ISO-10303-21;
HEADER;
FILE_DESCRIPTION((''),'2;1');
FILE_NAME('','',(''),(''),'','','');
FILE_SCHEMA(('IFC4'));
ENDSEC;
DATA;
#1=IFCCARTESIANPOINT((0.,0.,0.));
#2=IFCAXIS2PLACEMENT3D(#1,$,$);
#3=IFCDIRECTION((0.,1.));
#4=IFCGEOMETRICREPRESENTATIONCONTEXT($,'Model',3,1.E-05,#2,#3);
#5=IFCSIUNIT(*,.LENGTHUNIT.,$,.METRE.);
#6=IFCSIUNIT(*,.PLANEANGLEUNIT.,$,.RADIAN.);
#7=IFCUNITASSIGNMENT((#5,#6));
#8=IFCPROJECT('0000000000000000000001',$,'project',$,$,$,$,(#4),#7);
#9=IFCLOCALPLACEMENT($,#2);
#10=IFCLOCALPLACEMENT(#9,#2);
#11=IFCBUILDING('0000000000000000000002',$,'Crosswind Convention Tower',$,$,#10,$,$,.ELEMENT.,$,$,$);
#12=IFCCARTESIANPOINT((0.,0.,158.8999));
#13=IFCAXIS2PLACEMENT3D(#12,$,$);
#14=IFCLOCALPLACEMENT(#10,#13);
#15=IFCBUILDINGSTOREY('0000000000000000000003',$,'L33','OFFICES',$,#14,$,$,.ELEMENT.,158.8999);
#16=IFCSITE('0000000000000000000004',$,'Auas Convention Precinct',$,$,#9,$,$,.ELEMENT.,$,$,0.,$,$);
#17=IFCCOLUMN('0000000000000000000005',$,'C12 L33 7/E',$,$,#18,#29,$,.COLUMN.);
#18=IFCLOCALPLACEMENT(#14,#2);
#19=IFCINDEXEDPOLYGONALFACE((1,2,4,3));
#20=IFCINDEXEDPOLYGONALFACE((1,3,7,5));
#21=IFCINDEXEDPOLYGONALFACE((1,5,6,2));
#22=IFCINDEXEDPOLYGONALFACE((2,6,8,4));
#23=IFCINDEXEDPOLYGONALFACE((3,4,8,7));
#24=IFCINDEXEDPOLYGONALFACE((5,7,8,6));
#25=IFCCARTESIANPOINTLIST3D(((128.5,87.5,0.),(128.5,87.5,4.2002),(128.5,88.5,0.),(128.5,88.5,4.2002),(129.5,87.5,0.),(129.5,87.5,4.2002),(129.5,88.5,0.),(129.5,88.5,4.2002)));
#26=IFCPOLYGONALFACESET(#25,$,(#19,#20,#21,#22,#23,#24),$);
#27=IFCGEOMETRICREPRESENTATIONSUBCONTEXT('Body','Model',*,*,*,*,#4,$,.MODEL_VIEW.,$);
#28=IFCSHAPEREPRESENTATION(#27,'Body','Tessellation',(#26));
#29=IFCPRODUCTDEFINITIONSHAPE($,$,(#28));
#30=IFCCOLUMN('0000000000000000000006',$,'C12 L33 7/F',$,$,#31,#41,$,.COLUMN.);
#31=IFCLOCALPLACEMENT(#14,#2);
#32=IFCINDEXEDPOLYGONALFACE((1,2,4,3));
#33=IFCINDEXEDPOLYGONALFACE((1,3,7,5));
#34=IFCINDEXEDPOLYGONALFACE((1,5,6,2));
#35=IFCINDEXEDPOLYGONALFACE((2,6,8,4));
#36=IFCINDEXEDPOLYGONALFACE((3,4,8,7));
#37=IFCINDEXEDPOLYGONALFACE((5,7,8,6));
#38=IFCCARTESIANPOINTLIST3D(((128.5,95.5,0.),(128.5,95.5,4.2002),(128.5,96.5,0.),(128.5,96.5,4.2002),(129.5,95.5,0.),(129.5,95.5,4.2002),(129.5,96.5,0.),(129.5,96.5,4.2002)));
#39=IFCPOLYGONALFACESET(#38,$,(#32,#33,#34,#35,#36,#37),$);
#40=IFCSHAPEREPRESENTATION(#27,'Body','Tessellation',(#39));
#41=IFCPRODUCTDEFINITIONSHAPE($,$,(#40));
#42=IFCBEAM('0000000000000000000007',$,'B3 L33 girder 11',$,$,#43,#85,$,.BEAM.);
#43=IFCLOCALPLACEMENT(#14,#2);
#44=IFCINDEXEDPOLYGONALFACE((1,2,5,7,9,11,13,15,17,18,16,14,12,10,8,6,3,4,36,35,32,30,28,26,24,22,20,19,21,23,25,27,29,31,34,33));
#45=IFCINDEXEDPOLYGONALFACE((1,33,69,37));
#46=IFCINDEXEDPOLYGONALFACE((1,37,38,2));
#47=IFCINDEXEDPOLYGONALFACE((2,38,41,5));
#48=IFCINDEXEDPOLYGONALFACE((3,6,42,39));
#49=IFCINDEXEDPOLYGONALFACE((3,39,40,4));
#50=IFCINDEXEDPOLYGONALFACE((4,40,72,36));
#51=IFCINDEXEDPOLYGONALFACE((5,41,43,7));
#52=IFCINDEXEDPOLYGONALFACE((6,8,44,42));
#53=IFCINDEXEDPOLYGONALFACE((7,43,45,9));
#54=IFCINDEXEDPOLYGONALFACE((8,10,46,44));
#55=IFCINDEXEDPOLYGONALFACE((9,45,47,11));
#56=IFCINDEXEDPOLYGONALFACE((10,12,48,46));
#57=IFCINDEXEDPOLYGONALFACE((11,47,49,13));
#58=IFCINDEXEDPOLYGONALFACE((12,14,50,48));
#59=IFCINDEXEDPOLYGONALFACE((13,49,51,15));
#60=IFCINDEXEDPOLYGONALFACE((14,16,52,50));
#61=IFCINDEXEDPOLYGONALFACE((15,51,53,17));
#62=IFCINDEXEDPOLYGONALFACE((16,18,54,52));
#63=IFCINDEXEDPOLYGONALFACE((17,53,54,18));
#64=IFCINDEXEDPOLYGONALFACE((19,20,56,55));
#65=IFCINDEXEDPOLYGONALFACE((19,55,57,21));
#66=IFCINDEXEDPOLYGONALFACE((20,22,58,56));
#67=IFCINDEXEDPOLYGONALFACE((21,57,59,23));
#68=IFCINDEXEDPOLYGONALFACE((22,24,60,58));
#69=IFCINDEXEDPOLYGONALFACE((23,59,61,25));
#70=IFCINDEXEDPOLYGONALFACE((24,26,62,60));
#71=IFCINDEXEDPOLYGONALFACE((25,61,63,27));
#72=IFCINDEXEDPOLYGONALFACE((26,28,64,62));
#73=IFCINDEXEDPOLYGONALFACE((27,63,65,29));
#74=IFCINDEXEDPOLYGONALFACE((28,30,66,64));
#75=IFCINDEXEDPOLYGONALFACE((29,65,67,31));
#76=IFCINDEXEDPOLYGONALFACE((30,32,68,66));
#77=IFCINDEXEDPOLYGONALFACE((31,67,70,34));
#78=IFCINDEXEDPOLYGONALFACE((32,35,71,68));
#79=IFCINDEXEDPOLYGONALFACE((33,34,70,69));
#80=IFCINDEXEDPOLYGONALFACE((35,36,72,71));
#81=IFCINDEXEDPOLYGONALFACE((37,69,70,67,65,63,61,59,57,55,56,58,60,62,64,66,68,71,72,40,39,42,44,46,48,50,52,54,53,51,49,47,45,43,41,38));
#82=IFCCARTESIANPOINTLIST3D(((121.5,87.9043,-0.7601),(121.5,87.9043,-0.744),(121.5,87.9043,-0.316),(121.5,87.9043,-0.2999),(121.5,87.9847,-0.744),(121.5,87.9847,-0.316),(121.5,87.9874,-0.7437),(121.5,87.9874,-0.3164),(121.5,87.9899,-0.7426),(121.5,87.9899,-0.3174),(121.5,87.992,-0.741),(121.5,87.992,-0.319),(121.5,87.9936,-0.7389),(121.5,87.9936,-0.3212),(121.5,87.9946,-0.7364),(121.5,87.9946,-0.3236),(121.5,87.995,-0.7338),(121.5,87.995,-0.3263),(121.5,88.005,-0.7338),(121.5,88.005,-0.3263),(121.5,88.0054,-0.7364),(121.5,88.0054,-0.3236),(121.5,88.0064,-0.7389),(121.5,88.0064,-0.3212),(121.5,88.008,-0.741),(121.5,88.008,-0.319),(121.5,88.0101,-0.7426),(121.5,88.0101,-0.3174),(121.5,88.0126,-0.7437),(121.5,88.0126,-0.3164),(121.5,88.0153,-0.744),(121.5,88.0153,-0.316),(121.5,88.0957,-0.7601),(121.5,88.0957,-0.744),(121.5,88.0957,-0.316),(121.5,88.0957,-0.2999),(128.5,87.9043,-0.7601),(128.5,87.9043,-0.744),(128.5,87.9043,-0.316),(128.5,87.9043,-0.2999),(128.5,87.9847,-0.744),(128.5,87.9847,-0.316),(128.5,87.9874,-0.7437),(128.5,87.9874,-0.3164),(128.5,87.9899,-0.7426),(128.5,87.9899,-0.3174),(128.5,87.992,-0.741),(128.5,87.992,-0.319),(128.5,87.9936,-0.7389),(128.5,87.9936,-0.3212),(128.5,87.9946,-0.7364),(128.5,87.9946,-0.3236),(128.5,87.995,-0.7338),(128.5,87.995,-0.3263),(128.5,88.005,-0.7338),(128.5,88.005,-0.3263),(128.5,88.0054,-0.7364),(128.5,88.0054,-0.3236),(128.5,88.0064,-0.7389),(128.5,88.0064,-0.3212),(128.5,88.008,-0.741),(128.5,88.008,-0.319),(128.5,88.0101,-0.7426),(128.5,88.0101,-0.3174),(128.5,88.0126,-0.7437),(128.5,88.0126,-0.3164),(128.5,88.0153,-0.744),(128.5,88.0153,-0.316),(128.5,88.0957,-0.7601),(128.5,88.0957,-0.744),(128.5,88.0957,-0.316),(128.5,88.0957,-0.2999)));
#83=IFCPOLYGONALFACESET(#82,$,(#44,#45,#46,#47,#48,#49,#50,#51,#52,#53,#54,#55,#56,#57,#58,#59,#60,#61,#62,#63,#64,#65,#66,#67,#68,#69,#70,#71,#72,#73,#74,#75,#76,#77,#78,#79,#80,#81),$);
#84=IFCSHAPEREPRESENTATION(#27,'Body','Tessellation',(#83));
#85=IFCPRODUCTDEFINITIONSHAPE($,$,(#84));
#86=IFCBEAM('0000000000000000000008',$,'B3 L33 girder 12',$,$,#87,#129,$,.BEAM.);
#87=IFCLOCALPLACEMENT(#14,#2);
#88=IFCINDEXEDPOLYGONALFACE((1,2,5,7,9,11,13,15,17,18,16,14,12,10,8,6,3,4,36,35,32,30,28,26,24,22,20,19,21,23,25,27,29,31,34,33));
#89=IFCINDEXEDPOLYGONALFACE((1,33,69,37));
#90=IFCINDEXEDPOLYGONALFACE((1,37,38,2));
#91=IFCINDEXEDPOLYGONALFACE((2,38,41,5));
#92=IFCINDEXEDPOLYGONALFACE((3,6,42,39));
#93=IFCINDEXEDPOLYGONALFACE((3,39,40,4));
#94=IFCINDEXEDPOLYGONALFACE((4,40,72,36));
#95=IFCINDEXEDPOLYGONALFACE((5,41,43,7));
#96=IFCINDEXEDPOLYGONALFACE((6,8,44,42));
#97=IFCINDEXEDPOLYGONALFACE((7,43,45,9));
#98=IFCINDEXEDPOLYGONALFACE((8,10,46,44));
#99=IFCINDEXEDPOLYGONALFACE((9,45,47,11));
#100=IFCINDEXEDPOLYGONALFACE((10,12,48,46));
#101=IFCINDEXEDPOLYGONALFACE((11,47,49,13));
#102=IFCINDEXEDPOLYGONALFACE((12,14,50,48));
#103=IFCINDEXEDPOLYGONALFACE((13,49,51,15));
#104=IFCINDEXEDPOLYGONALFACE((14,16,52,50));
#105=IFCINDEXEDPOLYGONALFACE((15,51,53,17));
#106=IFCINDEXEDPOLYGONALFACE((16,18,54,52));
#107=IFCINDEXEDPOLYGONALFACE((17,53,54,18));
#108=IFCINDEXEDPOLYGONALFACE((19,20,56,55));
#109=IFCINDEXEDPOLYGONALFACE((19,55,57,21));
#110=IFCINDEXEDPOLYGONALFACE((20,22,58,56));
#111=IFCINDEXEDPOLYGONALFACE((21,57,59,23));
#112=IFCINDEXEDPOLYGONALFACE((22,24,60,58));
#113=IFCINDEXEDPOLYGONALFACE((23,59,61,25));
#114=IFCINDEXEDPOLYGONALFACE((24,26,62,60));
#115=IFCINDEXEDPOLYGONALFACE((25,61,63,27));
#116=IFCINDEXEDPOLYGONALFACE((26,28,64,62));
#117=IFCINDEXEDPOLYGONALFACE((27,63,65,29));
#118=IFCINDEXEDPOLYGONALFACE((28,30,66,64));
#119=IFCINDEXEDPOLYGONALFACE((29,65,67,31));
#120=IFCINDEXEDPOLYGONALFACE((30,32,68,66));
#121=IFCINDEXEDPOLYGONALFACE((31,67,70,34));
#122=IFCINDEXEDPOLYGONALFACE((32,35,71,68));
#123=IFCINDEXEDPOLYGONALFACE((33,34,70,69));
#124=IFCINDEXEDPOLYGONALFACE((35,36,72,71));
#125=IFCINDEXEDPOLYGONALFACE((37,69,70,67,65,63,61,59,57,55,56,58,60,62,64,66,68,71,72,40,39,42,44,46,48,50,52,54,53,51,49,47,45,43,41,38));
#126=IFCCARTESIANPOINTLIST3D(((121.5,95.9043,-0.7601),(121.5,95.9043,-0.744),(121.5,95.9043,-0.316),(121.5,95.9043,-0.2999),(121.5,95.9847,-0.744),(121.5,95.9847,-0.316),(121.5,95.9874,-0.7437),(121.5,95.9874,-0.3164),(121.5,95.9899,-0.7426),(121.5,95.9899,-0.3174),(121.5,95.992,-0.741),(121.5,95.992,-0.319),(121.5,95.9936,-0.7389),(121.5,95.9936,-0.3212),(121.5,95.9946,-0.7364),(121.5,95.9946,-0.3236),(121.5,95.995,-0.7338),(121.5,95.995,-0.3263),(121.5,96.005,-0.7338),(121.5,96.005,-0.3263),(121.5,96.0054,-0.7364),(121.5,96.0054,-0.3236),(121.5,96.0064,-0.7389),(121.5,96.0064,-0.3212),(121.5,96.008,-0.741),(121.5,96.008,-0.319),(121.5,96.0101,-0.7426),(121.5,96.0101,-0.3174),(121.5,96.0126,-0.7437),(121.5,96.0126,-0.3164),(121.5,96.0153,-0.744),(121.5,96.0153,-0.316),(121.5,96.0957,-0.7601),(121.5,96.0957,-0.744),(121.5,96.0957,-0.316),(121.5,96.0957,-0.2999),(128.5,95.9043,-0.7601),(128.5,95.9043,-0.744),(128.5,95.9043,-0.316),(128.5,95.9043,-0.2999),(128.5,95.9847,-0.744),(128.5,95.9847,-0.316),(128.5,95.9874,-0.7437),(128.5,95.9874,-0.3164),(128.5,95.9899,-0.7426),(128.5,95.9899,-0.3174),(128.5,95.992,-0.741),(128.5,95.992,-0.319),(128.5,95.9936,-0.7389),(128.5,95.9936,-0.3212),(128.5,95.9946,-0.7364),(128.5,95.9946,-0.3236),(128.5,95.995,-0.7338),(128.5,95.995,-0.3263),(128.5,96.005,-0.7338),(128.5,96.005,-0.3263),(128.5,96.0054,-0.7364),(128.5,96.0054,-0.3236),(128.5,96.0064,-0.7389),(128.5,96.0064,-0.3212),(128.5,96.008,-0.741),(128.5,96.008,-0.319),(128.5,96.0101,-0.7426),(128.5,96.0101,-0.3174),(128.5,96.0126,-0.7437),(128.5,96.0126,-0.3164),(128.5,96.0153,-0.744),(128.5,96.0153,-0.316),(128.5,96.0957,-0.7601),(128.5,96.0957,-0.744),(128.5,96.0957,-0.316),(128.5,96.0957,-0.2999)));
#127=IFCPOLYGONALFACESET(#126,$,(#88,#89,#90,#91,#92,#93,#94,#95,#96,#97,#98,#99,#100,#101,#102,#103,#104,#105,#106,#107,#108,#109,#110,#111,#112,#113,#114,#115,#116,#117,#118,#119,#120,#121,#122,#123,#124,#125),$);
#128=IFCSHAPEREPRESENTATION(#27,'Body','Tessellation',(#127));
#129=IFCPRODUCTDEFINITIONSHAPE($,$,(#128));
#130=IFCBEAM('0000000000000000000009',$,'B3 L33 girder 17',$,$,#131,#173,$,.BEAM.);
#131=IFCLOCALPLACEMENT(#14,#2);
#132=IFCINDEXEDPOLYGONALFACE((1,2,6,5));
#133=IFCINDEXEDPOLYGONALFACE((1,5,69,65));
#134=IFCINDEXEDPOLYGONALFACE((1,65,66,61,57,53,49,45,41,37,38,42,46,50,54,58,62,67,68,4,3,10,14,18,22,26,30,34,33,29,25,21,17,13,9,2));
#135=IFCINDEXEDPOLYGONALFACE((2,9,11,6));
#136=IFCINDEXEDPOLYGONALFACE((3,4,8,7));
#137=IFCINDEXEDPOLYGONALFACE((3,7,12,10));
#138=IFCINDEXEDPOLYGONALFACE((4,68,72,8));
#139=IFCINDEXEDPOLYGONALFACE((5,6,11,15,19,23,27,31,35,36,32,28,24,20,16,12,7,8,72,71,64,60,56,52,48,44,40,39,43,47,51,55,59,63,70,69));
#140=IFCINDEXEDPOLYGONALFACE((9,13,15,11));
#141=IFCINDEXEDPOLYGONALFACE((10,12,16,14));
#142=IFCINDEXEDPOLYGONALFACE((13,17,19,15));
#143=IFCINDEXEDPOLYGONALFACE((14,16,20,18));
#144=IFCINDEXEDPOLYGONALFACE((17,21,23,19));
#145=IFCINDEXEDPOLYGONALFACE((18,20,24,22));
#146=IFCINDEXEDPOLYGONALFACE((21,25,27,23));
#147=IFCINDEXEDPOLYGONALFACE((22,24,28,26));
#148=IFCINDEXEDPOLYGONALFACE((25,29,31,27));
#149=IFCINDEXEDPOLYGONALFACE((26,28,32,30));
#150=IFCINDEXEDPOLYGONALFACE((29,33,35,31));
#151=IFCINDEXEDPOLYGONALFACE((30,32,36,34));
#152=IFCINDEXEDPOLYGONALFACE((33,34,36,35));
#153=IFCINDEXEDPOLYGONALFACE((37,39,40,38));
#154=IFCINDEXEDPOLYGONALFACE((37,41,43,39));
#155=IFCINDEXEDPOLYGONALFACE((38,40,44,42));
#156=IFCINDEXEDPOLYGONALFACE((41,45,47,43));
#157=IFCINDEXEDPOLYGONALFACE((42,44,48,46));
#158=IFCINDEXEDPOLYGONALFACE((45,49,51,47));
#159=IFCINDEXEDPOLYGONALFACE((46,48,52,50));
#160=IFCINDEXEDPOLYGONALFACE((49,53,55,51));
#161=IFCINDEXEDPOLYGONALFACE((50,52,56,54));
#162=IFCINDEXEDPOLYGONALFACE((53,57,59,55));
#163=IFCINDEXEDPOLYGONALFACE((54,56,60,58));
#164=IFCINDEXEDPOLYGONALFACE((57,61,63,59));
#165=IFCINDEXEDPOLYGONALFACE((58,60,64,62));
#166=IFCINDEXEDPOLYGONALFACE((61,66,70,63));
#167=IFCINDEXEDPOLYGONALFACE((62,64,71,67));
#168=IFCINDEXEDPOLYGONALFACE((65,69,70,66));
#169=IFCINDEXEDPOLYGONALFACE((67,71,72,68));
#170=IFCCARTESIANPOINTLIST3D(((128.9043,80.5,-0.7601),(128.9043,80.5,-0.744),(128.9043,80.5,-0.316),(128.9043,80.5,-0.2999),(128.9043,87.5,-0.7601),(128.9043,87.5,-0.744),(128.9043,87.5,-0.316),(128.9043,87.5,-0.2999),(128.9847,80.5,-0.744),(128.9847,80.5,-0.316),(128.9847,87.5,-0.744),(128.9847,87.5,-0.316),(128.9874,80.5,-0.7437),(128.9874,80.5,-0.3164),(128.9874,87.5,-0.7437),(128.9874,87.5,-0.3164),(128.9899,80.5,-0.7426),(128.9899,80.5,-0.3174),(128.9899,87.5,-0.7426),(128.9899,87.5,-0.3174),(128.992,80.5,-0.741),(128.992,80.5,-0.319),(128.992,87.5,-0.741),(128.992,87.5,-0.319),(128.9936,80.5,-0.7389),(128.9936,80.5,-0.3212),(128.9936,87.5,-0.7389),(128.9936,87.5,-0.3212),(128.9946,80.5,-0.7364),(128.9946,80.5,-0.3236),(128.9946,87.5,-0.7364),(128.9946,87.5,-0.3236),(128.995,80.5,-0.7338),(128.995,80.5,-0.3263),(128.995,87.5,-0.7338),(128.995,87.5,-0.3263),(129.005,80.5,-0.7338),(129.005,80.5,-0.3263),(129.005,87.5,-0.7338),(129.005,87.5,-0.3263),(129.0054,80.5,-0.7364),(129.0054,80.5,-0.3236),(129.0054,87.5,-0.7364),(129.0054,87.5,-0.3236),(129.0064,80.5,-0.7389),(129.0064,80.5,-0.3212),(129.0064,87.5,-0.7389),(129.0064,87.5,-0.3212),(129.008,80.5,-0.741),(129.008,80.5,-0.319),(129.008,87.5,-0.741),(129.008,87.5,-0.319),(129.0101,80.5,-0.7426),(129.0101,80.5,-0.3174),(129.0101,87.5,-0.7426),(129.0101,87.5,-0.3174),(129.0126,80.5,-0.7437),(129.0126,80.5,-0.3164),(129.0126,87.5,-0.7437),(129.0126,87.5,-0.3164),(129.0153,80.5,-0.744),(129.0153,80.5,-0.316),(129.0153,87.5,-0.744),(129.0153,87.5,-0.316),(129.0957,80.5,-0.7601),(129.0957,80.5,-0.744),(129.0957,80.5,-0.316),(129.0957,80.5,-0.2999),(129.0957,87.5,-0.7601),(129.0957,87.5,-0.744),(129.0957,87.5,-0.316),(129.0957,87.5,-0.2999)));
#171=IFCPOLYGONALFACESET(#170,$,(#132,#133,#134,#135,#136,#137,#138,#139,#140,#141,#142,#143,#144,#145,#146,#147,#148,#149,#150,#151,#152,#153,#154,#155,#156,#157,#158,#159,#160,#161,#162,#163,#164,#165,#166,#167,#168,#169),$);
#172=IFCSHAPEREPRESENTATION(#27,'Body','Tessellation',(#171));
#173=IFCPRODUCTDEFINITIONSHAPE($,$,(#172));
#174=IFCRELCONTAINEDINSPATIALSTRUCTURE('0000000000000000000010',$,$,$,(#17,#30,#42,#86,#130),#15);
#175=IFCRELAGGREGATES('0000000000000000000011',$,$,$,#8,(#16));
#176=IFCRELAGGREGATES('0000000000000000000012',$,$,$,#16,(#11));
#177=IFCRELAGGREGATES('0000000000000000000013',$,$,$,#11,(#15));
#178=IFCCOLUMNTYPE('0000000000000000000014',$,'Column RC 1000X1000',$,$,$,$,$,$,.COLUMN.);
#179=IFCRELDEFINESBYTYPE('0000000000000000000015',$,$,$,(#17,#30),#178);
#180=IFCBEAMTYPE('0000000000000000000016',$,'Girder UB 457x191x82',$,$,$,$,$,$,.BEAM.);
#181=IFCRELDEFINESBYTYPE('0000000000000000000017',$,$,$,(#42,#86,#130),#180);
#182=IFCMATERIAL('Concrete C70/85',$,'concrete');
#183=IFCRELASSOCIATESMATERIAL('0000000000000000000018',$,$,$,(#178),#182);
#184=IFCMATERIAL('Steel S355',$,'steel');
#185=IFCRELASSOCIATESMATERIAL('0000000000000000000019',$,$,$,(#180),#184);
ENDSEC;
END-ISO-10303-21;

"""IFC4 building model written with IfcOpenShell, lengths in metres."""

from ifc_helpers import new_model, si_unit, direction, frame, origin, origin_2d, place, context, subcontext, project, spatial, rectangle, i_section, extrude, material, material_profile, profile_set, type_object, element, save


model = new_model("IFC4")

# Units and contexts
model_context = context("Model", 3, precision=1e-05, world=origin(), true_north=direction((0.0, 1.0)))
body_context = subcontext(model_context, "Body", "Model", "MODEL_VIEW")
ifc_project = project(units=[si_unit("LENGTHUNIT", "METRE"), si_unit("PLANEANGLEUNIT", "RADIAN")], contexts=[model_context])

# Site, building, storey
site_placement = place(None, origin())
site = spatial("IfcSite", under=ifc_project, at=site_placement, Name="Auas Convention Precinct", CompositionType="ELEMENT", RefElevation=0.0)
building_placement = place(site_placement, origin())
building = spatial("IfcBuilding", under=site, at=building_placement, Name="Crosswind Convention Tower", CompositionType="ELEMENT")
storey_placement = place(building_placement, frame((0.0, 0.0, 158.8999)))
storey = spatial("IfcBuildingStorey", under=building, at=storey_placement, Name="L33", Description="OFFICES", CompositionType="ELEMENT", Elevation=158.8999)

# Columns
ifc_material_1 = material(Name="Concrete C70/85", Category="concrete")
ifc_material_profile_1 = material_profile(ifc_material_1, rectangle(XDim=1.0, YDim=1.0, at=origin_2d()), Name="RC 1000X1000")
ifc_profile_set_1 = profile_set([ifc_material_profile_1], Name="Concrete C70/85")
column_type = type_object("IfcColumnType", Name="Column RC 1000X1000", PredefinedType="COLUMN", material=ifc_profile_set_1)
for number, where, z_axis, x_axis, name in (
    (1, (129.0, 88.0, 0.0), (0.0, 0.0, 1.0), (1.0, 0.0, 0.0), "C12 L33 7/E"),
    (2, (129.0, 96.0, 0.0), (0.0, 0.0, 1.0), (1.0, 0.0, 0.0), "C12 L33 7/F"),
):
    element("IfcColumn", number, at=place(storey_placement, frame(where, z_axis=z_axis, x_axis=x_axis)), inside=storey, type_object=column_type, Name=name, PredefinedType="COLUMN", context=body_context, shape_type="SweptSolid", body=[
        extrude(rectangle(XDim=1.0, YDim=1.0, at=origin_2d()), origin(), (0.0, 0.0, 1.0), 4.2002),
    ])

# Beams
ifc_material_2 = material(Name="Steel S355", Category="steel")
ifc_material_profile_2 = material_profile(ifc_material_2, i_section(OverallWidth=0.1914, OverallDepth=0.4602, WebThickness=0.01, FlangeThickness=0.0161, FilletRadius=0.0103, at=origin_2d()), Name="UB 457x191x82")
ifc_profile_set_2 = profile_set([ifc_material_profile_2], Name="Steel S355")
beam_type_1 = type_object("IfcBeamType", Name="Girder UB 457x191x82", PredefinedType="BEAM", material=ifc_profile_set_2)
for number, where, z_axis, x_axis, name in (
    (3, (121.5, 88.0, -0.53), (1.0, 0.0, 0.0), (0.0, 1.0, 0.0), "B3 L33 girder 11"),
    (4, (121.5, 96.0, -0.53), (1.0, 0.0, 0.0), (0.0, 1.0, 0.0), "B3 L33 girder 12"),
    (5, (129.0, 80.5, -0.53), (0.0, 1.0, 0.0), (-1.0, 0.0, 0.0), "B3 L33 girder 17"),
):
    element("IfcBeam", number, at=place(storey_placement, frame(where, z_axis=z_axis, x_axis=x_axis)), inside=storey, type_object=beam_type_1, Name=name, PredefinedType="BEAM", context=body_context, shape_type="SweptSolid", body=[
        extrude(i_section(OverallWidth=0.1914, OverallDepth=0.4602, WebThickness=0.01, FlangeThickness=0.0161, FilletRadius=0.0103, at=origin_2d()), origin(), (0.0, 0.0, 1.0), 7.0),
    ])

save(model, "model.ifc")
